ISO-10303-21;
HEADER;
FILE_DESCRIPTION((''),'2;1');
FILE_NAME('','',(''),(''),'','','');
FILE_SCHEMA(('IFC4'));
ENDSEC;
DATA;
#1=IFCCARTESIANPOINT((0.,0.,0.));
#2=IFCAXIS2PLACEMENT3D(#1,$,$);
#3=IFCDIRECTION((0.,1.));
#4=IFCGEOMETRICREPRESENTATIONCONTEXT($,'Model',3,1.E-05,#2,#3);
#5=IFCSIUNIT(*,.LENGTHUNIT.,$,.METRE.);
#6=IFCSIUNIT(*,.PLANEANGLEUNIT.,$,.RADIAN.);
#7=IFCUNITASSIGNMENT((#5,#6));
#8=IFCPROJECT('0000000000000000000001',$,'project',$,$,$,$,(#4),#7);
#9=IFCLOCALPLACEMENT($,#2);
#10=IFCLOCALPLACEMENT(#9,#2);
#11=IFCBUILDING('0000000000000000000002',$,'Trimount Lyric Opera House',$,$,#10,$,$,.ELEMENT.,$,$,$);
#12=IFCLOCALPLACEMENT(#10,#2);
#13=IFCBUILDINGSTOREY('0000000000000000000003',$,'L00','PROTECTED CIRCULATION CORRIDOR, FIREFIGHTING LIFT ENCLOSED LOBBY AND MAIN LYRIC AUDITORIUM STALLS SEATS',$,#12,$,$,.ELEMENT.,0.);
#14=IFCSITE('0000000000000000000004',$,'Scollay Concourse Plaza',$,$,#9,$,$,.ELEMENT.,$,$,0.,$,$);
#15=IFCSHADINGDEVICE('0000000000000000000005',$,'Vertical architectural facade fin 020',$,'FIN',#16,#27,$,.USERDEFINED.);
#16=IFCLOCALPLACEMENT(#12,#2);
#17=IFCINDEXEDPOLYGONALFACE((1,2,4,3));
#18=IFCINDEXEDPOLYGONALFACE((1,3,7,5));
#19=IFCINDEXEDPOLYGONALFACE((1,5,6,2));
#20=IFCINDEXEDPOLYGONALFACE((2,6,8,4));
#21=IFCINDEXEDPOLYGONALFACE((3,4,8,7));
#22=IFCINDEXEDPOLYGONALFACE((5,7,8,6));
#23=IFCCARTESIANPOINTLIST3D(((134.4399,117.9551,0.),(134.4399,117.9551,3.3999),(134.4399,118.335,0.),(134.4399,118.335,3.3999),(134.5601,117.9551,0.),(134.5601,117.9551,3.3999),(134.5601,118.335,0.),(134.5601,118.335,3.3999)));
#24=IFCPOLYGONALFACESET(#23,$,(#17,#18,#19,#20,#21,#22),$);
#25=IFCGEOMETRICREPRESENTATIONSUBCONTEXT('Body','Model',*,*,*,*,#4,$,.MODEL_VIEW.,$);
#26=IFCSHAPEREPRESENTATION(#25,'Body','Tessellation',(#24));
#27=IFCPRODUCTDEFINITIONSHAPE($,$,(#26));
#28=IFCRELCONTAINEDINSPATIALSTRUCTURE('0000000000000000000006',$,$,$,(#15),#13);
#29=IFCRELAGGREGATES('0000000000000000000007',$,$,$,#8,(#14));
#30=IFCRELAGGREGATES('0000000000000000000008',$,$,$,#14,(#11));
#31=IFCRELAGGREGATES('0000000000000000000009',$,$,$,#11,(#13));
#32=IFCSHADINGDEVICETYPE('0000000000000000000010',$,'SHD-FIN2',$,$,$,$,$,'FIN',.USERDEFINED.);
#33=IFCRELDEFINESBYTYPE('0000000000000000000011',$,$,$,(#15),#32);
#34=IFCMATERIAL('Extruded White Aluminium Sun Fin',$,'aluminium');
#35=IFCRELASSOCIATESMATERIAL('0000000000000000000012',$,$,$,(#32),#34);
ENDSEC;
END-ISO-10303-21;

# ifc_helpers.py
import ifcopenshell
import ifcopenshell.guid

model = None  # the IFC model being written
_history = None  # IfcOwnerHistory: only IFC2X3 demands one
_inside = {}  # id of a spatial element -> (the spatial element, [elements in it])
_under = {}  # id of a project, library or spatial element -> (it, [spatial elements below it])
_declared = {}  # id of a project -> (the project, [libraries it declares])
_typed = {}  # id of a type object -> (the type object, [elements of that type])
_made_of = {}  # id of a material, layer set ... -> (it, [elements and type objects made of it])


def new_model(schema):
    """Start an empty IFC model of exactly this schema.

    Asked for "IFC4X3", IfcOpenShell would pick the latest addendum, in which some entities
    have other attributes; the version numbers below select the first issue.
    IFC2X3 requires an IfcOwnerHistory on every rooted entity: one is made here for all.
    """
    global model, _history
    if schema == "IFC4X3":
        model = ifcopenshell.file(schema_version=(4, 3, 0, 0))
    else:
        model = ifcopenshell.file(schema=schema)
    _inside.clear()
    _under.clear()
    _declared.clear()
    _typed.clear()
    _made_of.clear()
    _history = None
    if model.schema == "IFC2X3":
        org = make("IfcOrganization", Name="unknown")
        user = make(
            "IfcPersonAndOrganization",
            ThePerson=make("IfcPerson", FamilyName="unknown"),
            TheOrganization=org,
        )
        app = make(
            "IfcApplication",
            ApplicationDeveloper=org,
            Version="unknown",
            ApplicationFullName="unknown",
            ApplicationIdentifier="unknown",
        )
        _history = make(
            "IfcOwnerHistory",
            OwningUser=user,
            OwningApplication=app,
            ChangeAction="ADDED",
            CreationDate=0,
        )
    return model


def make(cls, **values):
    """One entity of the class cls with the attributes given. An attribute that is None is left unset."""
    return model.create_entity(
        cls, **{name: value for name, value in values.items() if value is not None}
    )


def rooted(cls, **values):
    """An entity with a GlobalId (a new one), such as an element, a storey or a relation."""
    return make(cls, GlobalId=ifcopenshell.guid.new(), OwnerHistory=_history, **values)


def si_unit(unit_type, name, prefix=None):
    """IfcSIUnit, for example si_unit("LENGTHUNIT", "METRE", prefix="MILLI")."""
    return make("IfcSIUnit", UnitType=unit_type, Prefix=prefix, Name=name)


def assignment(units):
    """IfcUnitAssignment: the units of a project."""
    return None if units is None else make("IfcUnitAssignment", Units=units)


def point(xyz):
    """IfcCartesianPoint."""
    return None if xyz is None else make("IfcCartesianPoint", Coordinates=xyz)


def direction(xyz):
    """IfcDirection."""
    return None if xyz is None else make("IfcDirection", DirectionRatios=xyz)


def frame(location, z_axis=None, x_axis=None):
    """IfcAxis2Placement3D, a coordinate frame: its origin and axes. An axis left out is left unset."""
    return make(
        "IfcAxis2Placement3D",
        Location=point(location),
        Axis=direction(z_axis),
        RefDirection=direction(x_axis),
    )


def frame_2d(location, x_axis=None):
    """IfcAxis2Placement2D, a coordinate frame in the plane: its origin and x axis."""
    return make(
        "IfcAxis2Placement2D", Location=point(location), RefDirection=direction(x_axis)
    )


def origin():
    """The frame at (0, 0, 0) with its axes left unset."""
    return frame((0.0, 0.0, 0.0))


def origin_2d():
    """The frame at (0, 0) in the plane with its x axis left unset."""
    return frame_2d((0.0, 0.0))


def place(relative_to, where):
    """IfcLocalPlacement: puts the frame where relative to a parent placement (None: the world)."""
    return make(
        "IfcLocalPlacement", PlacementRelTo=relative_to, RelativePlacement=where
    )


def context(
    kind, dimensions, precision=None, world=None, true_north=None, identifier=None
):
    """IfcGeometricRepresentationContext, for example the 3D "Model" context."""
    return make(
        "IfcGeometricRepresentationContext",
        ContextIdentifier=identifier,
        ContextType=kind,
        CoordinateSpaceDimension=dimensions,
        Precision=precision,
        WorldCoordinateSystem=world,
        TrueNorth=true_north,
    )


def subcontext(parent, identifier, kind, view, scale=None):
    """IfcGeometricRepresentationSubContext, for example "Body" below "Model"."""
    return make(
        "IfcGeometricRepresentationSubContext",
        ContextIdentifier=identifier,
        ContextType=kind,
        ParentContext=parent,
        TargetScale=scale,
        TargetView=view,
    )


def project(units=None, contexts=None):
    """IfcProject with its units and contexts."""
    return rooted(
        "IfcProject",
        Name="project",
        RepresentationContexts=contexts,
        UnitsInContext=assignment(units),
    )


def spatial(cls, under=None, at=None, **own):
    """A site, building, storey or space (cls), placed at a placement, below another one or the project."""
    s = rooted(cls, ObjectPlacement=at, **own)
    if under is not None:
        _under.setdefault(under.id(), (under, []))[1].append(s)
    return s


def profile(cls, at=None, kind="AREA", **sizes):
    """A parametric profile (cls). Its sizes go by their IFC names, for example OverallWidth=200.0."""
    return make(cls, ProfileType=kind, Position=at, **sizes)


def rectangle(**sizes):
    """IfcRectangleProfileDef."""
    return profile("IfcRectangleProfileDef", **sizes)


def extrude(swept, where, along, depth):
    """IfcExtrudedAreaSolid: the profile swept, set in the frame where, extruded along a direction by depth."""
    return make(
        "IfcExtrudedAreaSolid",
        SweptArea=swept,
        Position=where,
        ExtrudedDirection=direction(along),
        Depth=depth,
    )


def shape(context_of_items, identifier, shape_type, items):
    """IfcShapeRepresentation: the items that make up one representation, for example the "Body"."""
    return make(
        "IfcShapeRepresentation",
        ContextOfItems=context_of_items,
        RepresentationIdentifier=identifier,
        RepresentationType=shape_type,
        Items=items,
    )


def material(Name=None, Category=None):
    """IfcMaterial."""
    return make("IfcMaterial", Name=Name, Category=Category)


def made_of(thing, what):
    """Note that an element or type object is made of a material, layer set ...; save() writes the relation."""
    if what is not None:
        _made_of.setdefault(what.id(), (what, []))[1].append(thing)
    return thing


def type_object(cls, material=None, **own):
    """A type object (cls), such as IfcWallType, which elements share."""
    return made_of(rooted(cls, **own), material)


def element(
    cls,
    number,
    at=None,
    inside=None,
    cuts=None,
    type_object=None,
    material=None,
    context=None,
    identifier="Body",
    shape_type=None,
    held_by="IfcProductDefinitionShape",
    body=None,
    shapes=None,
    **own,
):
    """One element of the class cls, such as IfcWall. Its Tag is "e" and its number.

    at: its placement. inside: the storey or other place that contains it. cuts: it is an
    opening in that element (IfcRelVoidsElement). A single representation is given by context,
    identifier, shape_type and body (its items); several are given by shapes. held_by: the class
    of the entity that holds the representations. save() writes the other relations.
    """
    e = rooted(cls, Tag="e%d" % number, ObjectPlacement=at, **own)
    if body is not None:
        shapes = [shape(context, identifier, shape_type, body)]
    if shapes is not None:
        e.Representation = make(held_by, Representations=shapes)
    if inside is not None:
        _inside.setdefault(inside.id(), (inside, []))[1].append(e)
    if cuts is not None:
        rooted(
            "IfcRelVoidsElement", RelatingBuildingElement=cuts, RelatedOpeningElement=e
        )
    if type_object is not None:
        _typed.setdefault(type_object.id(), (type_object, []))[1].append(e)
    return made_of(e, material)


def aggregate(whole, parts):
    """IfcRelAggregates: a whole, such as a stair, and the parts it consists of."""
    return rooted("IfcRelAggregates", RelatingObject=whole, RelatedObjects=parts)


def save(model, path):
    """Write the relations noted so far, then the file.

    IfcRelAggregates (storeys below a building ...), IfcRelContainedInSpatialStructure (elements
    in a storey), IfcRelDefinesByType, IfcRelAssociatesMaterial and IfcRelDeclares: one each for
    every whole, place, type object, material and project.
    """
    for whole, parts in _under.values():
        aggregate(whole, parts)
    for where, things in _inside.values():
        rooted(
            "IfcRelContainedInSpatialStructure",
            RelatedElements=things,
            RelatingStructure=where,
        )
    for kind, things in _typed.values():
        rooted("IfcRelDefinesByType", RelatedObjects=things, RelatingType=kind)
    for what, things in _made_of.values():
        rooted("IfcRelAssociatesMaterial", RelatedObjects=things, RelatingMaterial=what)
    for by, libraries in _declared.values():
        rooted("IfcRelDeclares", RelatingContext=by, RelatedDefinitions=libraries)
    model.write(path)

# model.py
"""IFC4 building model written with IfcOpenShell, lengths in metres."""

from ifc_helpers import new_model, si_unit, direction, frame, origin, origin_2d, place, context, subcontext, project, spatial, rectangle, extrude, material, type_object, element, save


model = new_model("IFC4")

# Units and contexts
model_context = context("Model", 3, precision=1e-05, world=origin(), true_north=direction((0.0, 1.0)))
body_context = subcontext(model_context, "Body", "Model", "MODEL_VIEW")
ifc_project = project(units=[si_unit("LENGTHUNIT", "METRE"), si_unit("PLANEANGLEUNIT", "RADIAN")], contexts=[model_context])

# Site, building, storey
site_placement = place(None, origin())
site = spatial("IfcSite", under=ifc_project, at=site_placement, Name="Scollay Concourse Plaza", CompositionType="ELEMENT", RefElevation=0.0)
building_placement = place(site_placement, origin())
building = spatial("IfcBuilding", under=site, at=building_placement, Name="Trimount Lyric Opera House", CompositionType="ELEMENT")
storey_placement = place(building_placement, origin())
storey = spatial("IfcBuildingStorey", under=building, at=storey_placement, Name="L00", Description="PROTECTED CIRCULATION CORRIDOR, FIREFIGHTING LIFT ENCLOSED LOBBY AND MAIN LYRIC AUDITORIUM STALLS SEATS", CompositionType="ELEMENT", Elevation=0.0)

# Shading device
ifc_material_1 = material(Name="Extruded White Aluminium Sun Fin", Category="aluminium")
shading_device_type_1 = type_object("IfcShadingDeviceType", Name="SHD-FIN2", ElementType="FIN", PredefinedType="USERDEFINED", material=ifc_material_1)
shading_device_1_placement = place(storey_placement, frame((134.5, 118.145, 0.0), z_axis=(0.0, 0.0, 1.0), x_axis=(1.0, 0.0, 0.0)))
element("IfcShadingDevice", 1, at=shading_device_1_placement, inside=storey, type_object=shading_device_type_1, Name="Vertical architectural facade fin 020", ObjectType="FIN", PredefinedType="USERDEFINED", context=body_context, shape_type="SweptSolid", body=[
    extrude(rectangle(XDim=0.1201, YDim=0.3799, at=origin_2d()), origin(), (0.0, 0.0, 1.0), 3.3999),
])

save(model, "model.ifc")
